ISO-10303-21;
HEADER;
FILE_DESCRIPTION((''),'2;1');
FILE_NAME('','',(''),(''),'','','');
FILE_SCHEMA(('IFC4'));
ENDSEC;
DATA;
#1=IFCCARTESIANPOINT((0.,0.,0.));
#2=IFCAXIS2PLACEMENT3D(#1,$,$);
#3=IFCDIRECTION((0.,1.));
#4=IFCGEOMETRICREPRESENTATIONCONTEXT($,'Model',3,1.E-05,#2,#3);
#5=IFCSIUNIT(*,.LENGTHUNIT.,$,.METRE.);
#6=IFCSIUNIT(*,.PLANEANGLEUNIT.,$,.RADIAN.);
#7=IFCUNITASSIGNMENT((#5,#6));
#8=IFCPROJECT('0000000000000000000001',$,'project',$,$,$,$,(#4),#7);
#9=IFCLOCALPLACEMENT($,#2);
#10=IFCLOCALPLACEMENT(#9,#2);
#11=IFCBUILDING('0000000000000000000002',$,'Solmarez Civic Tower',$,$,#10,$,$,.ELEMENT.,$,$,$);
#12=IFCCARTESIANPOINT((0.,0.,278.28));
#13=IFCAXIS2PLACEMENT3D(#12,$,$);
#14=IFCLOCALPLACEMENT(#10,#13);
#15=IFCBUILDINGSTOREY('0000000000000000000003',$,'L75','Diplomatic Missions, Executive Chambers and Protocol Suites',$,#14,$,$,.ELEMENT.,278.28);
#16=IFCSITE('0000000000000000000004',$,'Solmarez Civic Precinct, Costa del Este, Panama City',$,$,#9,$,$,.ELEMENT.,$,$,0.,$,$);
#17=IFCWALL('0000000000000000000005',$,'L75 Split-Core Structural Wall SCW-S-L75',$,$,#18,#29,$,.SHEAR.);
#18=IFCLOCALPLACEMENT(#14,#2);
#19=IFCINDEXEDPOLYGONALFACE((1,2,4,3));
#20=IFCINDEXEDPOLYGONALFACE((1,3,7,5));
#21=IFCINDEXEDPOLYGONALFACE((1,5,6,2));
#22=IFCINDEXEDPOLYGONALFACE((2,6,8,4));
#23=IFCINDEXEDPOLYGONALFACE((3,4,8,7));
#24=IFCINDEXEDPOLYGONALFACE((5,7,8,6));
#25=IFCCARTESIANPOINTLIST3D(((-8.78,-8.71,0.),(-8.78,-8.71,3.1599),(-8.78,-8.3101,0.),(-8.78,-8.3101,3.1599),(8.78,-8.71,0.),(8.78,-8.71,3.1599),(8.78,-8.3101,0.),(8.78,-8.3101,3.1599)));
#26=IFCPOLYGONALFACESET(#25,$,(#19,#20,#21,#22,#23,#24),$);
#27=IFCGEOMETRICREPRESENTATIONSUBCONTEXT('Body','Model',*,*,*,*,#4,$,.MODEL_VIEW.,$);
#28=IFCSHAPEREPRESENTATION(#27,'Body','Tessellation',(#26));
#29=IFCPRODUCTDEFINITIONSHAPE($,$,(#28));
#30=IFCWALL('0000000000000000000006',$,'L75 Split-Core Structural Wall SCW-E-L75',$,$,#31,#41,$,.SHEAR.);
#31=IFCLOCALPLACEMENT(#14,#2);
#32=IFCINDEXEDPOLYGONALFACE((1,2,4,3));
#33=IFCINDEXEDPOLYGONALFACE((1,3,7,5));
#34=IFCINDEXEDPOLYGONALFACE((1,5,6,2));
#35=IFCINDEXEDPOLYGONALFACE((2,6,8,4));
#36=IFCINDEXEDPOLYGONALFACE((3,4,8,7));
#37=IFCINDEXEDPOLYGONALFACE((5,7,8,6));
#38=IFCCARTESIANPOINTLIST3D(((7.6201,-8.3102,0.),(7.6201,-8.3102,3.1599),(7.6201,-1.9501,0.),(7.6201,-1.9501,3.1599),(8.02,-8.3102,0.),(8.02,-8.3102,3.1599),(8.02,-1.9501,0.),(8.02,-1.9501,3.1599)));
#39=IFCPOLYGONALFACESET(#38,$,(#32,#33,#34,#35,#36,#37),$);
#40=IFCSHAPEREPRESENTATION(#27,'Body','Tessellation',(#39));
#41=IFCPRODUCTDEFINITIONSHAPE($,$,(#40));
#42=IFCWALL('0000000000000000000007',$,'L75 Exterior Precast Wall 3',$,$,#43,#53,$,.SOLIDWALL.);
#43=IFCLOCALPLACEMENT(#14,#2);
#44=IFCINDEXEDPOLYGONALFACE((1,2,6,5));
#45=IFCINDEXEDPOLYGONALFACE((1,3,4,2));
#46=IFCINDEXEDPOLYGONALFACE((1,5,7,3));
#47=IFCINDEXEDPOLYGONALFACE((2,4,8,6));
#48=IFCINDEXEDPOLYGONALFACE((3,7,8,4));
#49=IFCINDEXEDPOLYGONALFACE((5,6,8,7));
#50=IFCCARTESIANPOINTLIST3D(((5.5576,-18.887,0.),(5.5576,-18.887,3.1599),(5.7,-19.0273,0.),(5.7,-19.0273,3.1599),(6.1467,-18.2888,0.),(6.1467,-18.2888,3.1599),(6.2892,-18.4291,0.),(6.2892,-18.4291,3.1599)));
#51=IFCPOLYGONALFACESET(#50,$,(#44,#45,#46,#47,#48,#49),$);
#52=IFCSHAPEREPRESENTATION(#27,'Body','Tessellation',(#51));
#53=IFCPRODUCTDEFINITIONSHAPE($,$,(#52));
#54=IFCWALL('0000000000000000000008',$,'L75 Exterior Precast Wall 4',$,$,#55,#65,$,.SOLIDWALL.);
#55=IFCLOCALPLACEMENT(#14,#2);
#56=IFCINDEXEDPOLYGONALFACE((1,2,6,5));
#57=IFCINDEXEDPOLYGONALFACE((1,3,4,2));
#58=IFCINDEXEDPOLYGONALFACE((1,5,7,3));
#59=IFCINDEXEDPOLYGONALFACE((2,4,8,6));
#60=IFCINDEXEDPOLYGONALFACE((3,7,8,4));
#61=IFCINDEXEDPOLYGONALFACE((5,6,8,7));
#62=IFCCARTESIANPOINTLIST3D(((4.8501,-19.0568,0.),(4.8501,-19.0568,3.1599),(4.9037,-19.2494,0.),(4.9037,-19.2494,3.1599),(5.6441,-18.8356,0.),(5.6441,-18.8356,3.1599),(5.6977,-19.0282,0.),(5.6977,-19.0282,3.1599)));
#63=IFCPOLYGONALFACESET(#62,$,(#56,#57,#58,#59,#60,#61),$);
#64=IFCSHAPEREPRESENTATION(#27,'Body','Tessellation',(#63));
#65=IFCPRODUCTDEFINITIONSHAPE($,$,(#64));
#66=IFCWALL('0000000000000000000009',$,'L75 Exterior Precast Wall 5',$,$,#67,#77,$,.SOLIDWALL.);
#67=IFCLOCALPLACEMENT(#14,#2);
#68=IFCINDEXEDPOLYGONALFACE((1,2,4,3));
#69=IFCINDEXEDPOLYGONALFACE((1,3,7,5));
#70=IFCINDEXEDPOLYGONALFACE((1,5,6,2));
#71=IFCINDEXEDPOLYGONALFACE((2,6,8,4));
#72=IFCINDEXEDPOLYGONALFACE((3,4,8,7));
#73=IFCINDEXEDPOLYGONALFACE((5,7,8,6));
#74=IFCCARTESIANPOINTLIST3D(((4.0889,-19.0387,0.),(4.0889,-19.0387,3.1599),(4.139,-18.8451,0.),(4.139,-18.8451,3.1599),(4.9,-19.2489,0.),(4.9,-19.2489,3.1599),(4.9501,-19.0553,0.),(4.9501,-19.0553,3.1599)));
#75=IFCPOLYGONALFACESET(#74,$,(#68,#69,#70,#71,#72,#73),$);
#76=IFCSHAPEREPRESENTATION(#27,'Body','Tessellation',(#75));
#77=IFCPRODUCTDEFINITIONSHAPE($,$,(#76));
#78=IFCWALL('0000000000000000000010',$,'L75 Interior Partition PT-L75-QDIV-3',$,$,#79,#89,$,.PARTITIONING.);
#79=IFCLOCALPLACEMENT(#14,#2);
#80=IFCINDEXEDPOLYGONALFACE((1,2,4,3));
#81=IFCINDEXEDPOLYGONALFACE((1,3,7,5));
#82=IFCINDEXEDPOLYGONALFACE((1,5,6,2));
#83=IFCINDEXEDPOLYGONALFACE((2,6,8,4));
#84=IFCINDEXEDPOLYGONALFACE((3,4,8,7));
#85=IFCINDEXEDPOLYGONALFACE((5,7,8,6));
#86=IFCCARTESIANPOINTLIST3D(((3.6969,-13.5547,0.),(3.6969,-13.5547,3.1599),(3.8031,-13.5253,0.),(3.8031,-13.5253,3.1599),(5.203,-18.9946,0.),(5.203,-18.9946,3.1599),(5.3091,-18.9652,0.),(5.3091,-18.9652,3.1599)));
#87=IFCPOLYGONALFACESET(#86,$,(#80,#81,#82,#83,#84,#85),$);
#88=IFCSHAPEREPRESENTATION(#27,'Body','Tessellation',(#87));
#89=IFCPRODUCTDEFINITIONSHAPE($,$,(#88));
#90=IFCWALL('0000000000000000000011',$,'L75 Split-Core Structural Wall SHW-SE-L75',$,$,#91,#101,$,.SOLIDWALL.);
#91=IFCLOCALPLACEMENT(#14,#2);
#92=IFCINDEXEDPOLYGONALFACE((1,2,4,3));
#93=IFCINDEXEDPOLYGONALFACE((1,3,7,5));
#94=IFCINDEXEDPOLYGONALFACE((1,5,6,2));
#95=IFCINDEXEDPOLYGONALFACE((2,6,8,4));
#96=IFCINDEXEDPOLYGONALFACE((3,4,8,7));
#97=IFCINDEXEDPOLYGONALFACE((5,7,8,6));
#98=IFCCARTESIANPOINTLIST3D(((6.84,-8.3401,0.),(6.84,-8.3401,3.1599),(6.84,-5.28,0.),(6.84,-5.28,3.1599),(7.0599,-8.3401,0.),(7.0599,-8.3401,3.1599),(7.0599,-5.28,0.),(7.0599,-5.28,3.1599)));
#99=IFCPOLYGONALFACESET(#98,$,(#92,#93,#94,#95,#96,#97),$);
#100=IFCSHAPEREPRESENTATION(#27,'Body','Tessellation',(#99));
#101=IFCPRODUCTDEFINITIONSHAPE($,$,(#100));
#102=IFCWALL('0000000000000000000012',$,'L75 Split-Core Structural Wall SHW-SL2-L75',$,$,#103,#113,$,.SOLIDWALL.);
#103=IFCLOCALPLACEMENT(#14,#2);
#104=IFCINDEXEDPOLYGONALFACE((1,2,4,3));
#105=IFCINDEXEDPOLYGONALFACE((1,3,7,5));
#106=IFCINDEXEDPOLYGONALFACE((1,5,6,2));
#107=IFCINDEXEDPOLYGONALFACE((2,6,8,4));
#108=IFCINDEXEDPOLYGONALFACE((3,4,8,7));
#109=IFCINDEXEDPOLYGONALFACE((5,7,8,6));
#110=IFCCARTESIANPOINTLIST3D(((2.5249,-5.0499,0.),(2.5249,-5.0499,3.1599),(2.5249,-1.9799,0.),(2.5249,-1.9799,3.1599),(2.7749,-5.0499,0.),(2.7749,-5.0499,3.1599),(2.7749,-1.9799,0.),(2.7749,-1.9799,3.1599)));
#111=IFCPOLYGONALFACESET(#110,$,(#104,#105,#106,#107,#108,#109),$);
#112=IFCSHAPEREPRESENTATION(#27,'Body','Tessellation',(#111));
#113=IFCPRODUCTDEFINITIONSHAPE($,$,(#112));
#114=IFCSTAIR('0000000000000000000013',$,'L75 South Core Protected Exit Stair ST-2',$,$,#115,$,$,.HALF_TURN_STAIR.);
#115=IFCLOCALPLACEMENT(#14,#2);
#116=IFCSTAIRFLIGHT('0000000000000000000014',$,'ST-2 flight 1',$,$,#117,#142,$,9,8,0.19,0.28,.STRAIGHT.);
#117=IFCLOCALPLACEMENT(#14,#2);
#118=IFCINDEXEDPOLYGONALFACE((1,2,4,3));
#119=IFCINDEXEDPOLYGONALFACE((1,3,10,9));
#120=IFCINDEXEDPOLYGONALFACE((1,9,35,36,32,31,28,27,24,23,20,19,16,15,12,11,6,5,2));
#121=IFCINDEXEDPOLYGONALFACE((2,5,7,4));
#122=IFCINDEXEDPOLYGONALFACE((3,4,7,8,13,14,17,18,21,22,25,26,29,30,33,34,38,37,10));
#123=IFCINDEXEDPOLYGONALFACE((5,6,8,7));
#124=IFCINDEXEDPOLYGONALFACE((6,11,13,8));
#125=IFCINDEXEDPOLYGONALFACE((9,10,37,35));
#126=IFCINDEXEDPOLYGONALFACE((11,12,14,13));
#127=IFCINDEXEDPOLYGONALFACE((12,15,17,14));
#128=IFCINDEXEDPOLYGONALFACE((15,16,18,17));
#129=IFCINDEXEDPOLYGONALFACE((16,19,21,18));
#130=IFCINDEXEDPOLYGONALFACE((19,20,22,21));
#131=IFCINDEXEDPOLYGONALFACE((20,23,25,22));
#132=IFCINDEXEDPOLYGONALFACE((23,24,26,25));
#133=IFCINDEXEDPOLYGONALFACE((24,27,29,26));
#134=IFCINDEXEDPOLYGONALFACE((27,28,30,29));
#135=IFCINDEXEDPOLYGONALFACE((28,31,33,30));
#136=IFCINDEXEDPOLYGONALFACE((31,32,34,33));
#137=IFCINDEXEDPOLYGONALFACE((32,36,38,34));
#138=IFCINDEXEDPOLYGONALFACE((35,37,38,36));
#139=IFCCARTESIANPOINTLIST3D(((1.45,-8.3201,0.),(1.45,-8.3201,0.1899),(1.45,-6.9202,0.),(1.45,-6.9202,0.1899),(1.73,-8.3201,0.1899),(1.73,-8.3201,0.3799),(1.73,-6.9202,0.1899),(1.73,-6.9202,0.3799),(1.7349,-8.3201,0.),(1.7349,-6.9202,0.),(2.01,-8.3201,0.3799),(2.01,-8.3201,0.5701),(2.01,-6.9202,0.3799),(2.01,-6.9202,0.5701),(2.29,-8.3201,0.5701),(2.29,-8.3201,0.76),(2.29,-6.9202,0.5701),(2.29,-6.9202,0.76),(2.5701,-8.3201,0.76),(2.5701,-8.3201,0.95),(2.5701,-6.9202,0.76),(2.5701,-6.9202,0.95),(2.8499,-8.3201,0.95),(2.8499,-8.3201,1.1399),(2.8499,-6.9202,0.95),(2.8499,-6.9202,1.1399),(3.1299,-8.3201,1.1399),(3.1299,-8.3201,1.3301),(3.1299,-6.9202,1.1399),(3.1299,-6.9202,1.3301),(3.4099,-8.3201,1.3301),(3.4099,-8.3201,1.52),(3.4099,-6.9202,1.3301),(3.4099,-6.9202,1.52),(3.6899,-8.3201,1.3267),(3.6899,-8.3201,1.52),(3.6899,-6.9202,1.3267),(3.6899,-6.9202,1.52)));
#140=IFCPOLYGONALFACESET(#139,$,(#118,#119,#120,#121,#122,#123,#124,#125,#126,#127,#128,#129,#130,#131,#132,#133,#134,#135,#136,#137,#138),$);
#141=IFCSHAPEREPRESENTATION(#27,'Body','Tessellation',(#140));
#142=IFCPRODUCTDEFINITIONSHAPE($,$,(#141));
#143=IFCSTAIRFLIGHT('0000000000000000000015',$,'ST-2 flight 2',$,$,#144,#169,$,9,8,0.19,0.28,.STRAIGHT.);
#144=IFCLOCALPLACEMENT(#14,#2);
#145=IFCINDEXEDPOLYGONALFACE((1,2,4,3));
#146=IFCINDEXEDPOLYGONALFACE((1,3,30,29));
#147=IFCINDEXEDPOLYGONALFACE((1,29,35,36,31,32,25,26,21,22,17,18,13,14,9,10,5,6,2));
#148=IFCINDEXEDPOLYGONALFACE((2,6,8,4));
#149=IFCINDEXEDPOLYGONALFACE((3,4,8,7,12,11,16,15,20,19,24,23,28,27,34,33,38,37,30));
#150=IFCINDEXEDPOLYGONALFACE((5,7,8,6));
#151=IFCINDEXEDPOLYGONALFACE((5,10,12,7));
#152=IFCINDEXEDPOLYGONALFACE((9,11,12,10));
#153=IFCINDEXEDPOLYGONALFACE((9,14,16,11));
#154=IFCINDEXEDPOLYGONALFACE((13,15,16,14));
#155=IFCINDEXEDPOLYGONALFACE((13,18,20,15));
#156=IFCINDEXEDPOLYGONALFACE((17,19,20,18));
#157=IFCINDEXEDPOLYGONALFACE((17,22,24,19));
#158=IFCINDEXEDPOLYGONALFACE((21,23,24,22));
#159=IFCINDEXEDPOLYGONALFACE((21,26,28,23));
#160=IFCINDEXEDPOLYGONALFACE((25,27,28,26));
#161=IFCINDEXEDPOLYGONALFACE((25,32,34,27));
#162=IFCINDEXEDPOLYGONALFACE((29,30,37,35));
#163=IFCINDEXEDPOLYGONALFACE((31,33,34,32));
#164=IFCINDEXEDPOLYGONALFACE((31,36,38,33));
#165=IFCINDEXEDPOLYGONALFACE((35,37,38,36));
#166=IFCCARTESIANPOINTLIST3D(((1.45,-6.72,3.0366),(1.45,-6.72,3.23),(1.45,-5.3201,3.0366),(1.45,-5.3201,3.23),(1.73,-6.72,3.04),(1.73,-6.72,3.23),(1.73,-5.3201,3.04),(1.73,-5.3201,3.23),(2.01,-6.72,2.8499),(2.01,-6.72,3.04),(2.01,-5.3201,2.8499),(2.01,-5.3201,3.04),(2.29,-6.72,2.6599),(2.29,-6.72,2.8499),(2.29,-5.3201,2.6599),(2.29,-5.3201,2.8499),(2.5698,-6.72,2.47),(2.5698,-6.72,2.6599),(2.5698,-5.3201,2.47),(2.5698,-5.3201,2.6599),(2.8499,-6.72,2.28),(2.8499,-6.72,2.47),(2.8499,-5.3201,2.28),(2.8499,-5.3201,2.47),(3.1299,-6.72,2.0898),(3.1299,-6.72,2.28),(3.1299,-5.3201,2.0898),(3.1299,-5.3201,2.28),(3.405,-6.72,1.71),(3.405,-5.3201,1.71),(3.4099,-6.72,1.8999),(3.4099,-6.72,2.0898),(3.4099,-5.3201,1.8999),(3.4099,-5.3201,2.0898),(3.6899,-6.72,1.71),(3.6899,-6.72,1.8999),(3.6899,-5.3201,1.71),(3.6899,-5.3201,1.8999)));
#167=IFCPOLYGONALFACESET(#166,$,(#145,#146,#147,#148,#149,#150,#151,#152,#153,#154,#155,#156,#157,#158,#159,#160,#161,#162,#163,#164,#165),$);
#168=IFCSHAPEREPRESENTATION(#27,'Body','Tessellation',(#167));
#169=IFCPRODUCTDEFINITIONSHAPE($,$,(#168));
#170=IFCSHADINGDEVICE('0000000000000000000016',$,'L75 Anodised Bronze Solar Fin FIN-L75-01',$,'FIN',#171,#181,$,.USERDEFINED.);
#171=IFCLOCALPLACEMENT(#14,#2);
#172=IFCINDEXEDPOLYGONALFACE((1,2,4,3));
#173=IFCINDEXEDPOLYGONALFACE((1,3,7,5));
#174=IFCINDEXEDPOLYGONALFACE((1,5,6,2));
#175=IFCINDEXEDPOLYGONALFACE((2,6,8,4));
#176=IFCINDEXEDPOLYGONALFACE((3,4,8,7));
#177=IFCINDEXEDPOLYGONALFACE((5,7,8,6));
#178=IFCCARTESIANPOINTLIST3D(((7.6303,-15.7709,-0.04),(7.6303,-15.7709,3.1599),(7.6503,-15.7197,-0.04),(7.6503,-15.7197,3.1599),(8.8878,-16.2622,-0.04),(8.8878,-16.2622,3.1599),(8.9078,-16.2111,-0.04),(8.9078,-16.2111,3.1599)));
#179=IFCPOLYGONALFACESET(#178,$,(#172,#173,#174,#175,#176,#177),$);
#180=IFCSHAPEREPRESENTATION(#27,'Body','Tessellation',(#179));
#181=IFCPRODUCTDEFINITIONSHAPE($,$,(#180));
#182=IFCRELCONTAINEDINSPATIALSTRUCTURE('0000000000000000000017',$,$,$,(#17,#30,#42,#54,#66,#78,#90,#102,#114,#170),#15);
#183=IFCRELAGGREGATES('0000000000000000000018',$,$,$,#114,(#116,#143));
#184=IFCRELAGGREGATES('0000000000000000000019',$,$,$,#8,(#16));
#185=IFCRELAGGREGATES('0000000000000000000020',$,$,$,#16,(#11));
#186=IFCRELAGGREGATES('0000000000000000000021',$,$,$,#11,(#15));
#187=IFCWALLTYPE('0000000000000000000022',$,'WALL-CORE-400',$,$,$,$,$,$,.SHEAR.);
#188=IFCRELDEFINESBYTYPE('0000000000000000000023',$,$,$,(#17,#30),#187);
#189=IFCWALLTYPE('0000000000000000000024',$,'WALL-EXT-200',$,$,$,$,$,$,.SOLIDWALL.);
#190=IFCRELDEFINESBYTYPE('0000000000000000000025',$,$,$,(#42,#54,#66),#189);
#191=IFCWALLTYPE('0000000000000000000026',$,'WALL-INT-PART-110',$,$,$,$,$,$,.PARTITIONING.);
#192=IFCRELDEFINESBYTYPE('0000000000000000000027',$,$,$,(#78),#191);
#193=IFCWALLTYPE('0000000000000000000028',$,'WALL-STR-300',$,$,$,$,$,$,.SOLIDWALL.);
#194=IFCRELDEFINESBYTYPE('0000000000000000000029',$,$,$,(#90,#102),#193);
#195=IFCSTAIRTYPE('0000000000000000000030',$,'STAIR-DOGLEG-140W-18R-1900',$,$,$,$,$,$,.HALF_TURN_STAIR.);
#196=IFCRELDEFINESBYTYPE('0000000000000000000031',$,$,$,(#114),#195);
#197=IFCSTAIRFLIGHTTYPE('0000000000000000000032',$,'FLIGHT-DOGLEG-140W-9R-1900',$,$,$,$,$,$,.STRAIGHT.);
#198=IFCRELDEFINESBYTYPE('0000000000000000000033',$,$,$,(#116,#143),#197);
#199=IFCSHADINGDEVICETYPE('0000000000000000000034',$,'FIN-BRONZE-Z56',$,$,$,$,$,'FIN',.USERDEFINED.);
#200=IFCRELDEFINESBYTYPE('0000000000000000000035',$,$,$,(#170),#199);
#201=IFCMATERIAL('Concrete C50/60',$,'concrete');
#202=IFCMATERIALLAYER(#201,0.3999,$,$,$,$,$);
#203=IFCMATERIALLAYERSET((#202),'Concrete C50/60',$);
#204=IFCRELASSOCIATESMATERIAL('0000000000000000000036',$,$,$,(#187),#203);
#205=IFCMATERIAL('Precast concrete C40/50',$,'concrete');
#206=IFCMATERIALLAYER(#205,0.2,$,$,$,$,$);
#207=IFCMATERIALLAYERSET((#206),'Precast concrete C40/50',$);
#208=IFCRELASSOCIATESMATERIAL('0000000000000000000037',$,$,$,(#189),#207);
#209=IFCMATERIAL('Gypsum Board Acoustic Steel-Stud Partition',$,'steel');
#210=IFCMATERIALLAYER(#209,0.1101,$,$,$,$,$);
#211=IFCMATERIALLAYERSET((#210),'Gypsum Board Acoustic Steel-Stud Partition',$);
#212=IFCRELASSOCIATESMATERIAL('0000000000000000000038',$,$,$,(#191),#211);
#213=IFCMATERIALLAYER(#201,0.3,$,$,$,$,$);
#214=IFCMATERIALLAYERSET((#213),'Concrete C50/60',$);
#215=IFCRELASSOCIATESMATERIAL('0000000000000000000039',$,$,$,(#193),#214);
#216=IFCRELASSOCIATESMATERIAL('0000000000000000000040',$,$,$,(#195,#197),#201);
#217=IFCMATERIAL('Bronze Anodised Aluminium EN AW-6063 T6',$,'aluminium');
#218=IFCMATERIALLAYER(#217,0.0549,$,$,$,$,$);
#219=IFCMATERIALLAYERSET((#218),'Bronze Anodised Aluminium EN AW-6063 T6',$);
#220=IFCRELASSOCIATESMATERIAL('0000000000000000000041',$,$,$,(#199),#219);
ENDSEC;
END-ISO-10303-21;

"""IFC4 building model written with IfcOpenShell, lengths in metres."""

from ifc_helpers import new_model, si_unit, direction, frame, frame_2d, origin, origin_2d, place, context, subcontext, project, spatial, polyline, rectangle, outline, extrude, material, layer, layer_set, type_object, element, aggregate, save


model = new_model("IFC4")

# Units and contexts
model_context = context("Model", 3, precision=1e-05, world=origin(), true_north=direction((0.0, 1.0)))
body_context = subcontext(model_context, "Body", "Model", "MODEL_VIEW")
ifc_project = project(units=[si_unit("LENGTHUNIT", "METRE"), si_unit("PLANEANGLEUNIT", "RADIAN")], contexts=[model_context])

# Site, building, storey
site_placement = place(None, origin())
site = spatial("IfcSite", under=ifc_project, at=site_placement, Name="Solmarez Civic Precinct, Costa del Este, Panama City", CompositionType="ELEMENT", RefElevation=0.0)
building_placement = place(site_placement, origin())
building = spatial("IfcBuilding", under=site, at=building_placement, Name="Solmarez Civic Tower", CompositionType="ELEMENT")
storey_placement = place(building_placement, frame((0.0, 0.0, 278.28)))
storey = spatial("IfcBuildingStorey", under=building, at=storey_placement, Name="L75", Description="Diplomatic Missions, Executive Chambers and Protocol Suites", CompositionType="ELEMENT", Elevation=278.28)

# Shared definitions
ifc_material_1 = material(Name="Concrete C50/60", Category="concrete")

# Shared definitions
ifc_material_2 = material(Name="Bronze Anodised Aluminium EN AW-6063 T6", Category="aluminium")

# Walls
ifc_layer_1 = layer(ifc_material_1, 0.3999)
ifc_layer_set_1 = layer_set([ifc_layer_1], Name="Concrete C50/60")
wall_type_1 = type_object("IfcWallType", Name="WALL-CORE-400", PredefinedType="SHEAR", material=ifc_layer_set_1)
wall_1_placement = place(storey_placement, frame((8.78, -8.51, 0.0), z_axis=(0.0, 0.0, 1.0), x_axis=(-1.0, 0.0, 0.0)))
element("IfcWall", 1, at=wall_1_placement, inside=storey, type_object=wall_type_1, Name="L75 Split-Core Structural Wall SCW-S-L75", PredefinedType="SHEAR", context=body_context, shape_type="SweptSolid", body=[
    extrude(rectangle(XDim=17.5601, YDim=0.3999, at=frame_2d((8.78, 0.0))), origin(), (0.0, 0.0, 1.0), 3.1599),
])
wall_2_placement = place(storey_placement, frame((7.8201, -1.95, 0.0), z_axis=(0.0, 0.0, 1.0), x_axis=(0.0, -1.0, 0.0)))
element("IfcWall", 2, at=wall_2_placement, inside=storey, type_object=wall_type_1, Name="L75 Split-Core Structural Wall SCW-E-L75", PredefinedType="SHEAR", context=body_context, shape_type="SweptSolid", body=[
    extrude(rectangle(XDim=6.3601, YDim=0.3999, at=frame_2d((3.1802, 0.0))), origin(), (0.0, 0.0, 1.0), 3.1599),
])
ifc_material_3 = material(Name="Precast concrete C40/50", Category="concrete")
ifc_layer_2 = layer(ifc_material_3, 0.2)
ifc_layer_set_2 = layer_set([ifc_layer_2], Name="Precast concrete C40/50")
wall_type_2 = type_object("IfcWallType", Name="WALL-EXT-200", PredefinedType="SOLIDWALL", material=ifc_layer_set_2)
wall_3_placement = place(storey_placement, frame((6.218, -18.3589, 0.0), z_axis=(0.0, 0.0, 1.0), x_axis=(-0.701706, -0.712466, 0.0)))
element("IfcWall", 3, at=wall_3_placement, inside=storey, type_object=wall_type_2, Name="L75 Exterior Precast Wall 3", PredefinedType="SOLIDWALL", context=body_context, shape_type="SweptSolid", body=[
    extrude(rectangle(XDim=0.8396, YDim=0.2, at=frame_2d((0.4199, 0.0))), origin(), (0.0, 0.0, 1.0), 3.1599),
])
wall_4_placement = place(storey_placement, frame((5.6709, -18.9319, 0.0), z_axis=(0.0, 0.0, 1.0), x_axis=(-0.963314, -0.268377, 0.0)))
element("IfcWall", 4, at=wall_4_placement, inside=storey, type_object=wall_type_2, Name="L75 Exterior Precast Wall 4", PredefinedType="SOLIDWALL", context=body_context, shape_type="SweptSolid", body=[
    extrude(rectangle(XDim=0.8242, YDim=0.2, at=frame_2d((0.4121, 0.0))), origin(), (0.0, 0.0, 1.0), 3.1599),
])
wall_5_placement = place(storey_placement, frame((4.925, -19.1521, 0.0), z_axis=(0.0, 0.0, 1.0), x_axis=(-0.968015, 0.250891, 0.0)))
element("IfcWall", 5, at=wall_5_placement, inside=storey, type_object=wall_type_2, Name="L75 Exterior Precast Wall 5", PredefinedType="SOLIDWALL", context=body_context, shape_type="SweptSolid", body=[
    extrude(rectangle(XDim=0.8379, YDim=0.2, at=frame_2d((0.4189, 0.0))), origin(), (0.0, 0.0, 1.0), 3.1599),
])
ifc_material_4 = material(Name="Gypsum Board Acoustic Steel-Stud Partition", Category="steel")
ifc_layer_3 = layer(ifc_material_4, 0.1101)
ifc_layer_set_3 = layer_set([ifc_layer_3], Name="Gypsum Board Acoustic Steel-Stud Partition")
wall_type_3 = type_object("IfcWallType", Name="WALL-INT-PART-110", PredefinedType="PARTITIONING", material=ifc_layer_set_3)
wall_6_placement = place(storey_placement, frame((3.75, -13.54, 0.0), z_axis=(0.0, 0.0, 1.0), x_axis=(0.266823, -0.963746, 0.0)))
element("IfcWall", 6, at=wall_6_placement, inside=storey, type_object=wall_type_3, Name="L75 Interior Partition PT-L75-QDIV-3", PredefinedType="PARTITIONING", context=body_context, shape_type="SweptSolid", body=[
    extrude(rectangle(XDim=5.6445, YDim=0.1101, at=frame_2d((2.8223, 0.0))), origin(), (0.0, 0.0, 1.0), 3.1599),
])
ifc_layer_4 = layer(ifc_material_1, 0.3)
ifc_layer_set_4 = layer_set([ifc_layer_4], Name="Concrete C50/60")
wall_type_4 = type_object("IfcWallType", Name="WALL-STR-300", PredefinedType="SOLIDWALL", material=ifc_layer_set_4)
wall_7_placement = place(storey_placement, frame((6.95, -8.3401, 0.0), z_axis=(0.0, 0.0, 1.0), x_axis=(0.0, 1.0, 0.0)))
element("IfcWall", 7, at=wall_7_placement, inside=storey, type_object=wall_type_4, Name="L75 Split-Core Structural Wall SHW-SE-L75", PredefinedType="SOLIDWALL", context=body_context, shape_type="SweptSolid", body=[
    extrude(rectangle(XDim=3.0601, YDim=0.22, at=frame_2d((1.53, 0.0))), origin(), (0.0, 0.0, 1.0), 3.1599),
])
wall_8_placement = place(storey_placement, frame((2.6499, -5.05, 0.0), z_axis=(0.0, 0.0, 1.0), x_axis=(0.0, 1.0, 0.0)))
element("IfcWall", 8, at=wall_8_placement, inside=storey, type_object=wall_type_4, Name="L75 Split-Core Structural Wall SHW-SL2-L75", PredefinedType="SOLIDWALL", context=body_context, shape_type="SweptSolid", body=[
    extrude(rectangle(XDim=3.0701, YDim=0.25, at=frame_2d((1.5352, 0.0))), origin(), (0.0, 0.0, 1.0), 3.1599),
])

# Stair, stair flights
stair_type = type_object("IfcStairType", Name="STAIR-DOGLEG-140W-18R-1900", PredefinedType="HALF_TURN_STAIR", material=ifc_material_1)
stair_placement = place(storey_placement, origin())
stair = element("IfcStair", 9, at=stair_placement, inside=storey, type_object=stair_type, Name="L75 South Core Protected Exit Stair ST-2", PredefinedType="HALF_TURN_STAIR")
stair_flight_type = type_object("IfcStairFlightType", Name="FLIGHT-DOGLEG-140W-9R-1900", PredefinedType="STRAIGHT", material=ifc_material_1)
stair_flight_1_placement = place(storey_placement, frame((1.45, -7.6201, 0.0), z_axis=(0.0, 0.0, 1.0), x_axis=(1.0, 0.0, 0.0)))
stair_flight_1 = element("IfcStairFlight", 10, at=stair_flight_1_placement, type_object=stair_flight_type, Name="ST-2 flight 1", NumberOfRisers=9, NumberOfTreads=8, PredefinedType="STRAIGHT", RiserHeight=0.19, TreadLength=0.28, context=body_context, shape_type="SweptSolid", body=[
    extrude(outline(polyline([(0.0, 0.0), (0.0, 0.1899), (0.28, 0.1899), (0.28, 0.3799), (0.5601, 0.3799), (0.5601, 0.5701), (0.8401, 0.5701), (0.8401, 0.76), (1.1201, 0.76), (1.1201, 0.95), (1.3999, 0.95), (1.3999, 1.1399), (1.6799, 1.1399), (1.6799, 1.3301), (1.96, 1.3301), (1.96, 1.52), (2.24, 1.52), (2.24, 1.71), (2.24, 1.3267), (0.2849, 0.0), (0.0, 0.0)])), frame((0.0, 0.7, 0.0), z_axis=(0.0, -1.0, 0.0), x_axis=(1.0, 0.0, 0.0)), (0.0, 0.0, 1.0), 1.3999),
])
stair_flight_2_placement = place(storey_placement, frame((3.6899, -6.02, 1.71), z_axis=(0.0, 0.0, 1.0), x_axis=(-1.0, 0.0, 0.0)))
stair_flight_2 = element("IfcStairFlight", 11, at=stair_flight_2_placement, type_object=stair_flight_type, Name="ST-2 flight 2", NumberOfRisers=9, NumberOfTreads=8, PredefinedType="STRAIGHT", RiserHeight=0.19, TreadLength=0.28, context=body_context, shape_type="SweptSolid", body=[
    extrude(outline(polyline([(0.0, 0.0), (0.0, 0.1899), (0.28, 0.1899), (0.28, 0.3799), (0.5601, 0.3799), (0.5601, 0.5701), (0.8401, 0.5701), (0.8401, 0.76), (1.1201, 0.76), (1.1201, 0.95), (1.3999, 0.95), (1.3999, 1.1399), (1.6799, 1.1399), (1.6799, 1.3301), (1.96, 1.3301), (1.96, 1.52), (2.24, 1.52), (2.24, 1.71), (2.24, 1.3267), (0.2849, 0.0), (0.0, 0.0)])), frame((0.0, 0.7, 0.0), z_axis=(0.0, -1.0, 0.0), x_axis=(1.0, 0.0, 0.0)), (0.0, 0.0, 1.0), 1.3999),
])
aggregate(stair, [stair_flight_1, stair_flight_2])

# Shading device
ifc_layer_5 = layer(ifc_material_2, 0.0549)
ifc_layer_set_5 = layer_set([ifc_layer_5], Name="Bronze Anodised Aluminium EN AW-6063 T6")
shading_device_type = type_object("IfcShadingDeviceType", Name="FIN-BRONZE-Z56", ElementType="FIN", PredefinedType="USERDEFINED", material=ifc_layer_set_5)
shading_device_placement = place(storey_placement, frame((8.269, -15.991, -0.04), z_axis=(0.0, 0.0, 1.0), x_axis=(0.931418, -0.36395, 0.0)))
element("IfcShadingDevice", 12, at=shading_device_placement, inside=storey, type_object=shading_device_type, Name="L75 Anodised Bronze Solar Fin FIN-L75-01", ObjectType="FIN", PredefinedType="USERDEFINED", context=body_context, shape_type="SweptSolid", body=[
    extrude(rectangle(XDim=1.3501, YDim=0.0549, at=origin_2d()), origin(), (0.0, 0.0, 1.0), 3.2),
])

save(model, "model.ifc")
